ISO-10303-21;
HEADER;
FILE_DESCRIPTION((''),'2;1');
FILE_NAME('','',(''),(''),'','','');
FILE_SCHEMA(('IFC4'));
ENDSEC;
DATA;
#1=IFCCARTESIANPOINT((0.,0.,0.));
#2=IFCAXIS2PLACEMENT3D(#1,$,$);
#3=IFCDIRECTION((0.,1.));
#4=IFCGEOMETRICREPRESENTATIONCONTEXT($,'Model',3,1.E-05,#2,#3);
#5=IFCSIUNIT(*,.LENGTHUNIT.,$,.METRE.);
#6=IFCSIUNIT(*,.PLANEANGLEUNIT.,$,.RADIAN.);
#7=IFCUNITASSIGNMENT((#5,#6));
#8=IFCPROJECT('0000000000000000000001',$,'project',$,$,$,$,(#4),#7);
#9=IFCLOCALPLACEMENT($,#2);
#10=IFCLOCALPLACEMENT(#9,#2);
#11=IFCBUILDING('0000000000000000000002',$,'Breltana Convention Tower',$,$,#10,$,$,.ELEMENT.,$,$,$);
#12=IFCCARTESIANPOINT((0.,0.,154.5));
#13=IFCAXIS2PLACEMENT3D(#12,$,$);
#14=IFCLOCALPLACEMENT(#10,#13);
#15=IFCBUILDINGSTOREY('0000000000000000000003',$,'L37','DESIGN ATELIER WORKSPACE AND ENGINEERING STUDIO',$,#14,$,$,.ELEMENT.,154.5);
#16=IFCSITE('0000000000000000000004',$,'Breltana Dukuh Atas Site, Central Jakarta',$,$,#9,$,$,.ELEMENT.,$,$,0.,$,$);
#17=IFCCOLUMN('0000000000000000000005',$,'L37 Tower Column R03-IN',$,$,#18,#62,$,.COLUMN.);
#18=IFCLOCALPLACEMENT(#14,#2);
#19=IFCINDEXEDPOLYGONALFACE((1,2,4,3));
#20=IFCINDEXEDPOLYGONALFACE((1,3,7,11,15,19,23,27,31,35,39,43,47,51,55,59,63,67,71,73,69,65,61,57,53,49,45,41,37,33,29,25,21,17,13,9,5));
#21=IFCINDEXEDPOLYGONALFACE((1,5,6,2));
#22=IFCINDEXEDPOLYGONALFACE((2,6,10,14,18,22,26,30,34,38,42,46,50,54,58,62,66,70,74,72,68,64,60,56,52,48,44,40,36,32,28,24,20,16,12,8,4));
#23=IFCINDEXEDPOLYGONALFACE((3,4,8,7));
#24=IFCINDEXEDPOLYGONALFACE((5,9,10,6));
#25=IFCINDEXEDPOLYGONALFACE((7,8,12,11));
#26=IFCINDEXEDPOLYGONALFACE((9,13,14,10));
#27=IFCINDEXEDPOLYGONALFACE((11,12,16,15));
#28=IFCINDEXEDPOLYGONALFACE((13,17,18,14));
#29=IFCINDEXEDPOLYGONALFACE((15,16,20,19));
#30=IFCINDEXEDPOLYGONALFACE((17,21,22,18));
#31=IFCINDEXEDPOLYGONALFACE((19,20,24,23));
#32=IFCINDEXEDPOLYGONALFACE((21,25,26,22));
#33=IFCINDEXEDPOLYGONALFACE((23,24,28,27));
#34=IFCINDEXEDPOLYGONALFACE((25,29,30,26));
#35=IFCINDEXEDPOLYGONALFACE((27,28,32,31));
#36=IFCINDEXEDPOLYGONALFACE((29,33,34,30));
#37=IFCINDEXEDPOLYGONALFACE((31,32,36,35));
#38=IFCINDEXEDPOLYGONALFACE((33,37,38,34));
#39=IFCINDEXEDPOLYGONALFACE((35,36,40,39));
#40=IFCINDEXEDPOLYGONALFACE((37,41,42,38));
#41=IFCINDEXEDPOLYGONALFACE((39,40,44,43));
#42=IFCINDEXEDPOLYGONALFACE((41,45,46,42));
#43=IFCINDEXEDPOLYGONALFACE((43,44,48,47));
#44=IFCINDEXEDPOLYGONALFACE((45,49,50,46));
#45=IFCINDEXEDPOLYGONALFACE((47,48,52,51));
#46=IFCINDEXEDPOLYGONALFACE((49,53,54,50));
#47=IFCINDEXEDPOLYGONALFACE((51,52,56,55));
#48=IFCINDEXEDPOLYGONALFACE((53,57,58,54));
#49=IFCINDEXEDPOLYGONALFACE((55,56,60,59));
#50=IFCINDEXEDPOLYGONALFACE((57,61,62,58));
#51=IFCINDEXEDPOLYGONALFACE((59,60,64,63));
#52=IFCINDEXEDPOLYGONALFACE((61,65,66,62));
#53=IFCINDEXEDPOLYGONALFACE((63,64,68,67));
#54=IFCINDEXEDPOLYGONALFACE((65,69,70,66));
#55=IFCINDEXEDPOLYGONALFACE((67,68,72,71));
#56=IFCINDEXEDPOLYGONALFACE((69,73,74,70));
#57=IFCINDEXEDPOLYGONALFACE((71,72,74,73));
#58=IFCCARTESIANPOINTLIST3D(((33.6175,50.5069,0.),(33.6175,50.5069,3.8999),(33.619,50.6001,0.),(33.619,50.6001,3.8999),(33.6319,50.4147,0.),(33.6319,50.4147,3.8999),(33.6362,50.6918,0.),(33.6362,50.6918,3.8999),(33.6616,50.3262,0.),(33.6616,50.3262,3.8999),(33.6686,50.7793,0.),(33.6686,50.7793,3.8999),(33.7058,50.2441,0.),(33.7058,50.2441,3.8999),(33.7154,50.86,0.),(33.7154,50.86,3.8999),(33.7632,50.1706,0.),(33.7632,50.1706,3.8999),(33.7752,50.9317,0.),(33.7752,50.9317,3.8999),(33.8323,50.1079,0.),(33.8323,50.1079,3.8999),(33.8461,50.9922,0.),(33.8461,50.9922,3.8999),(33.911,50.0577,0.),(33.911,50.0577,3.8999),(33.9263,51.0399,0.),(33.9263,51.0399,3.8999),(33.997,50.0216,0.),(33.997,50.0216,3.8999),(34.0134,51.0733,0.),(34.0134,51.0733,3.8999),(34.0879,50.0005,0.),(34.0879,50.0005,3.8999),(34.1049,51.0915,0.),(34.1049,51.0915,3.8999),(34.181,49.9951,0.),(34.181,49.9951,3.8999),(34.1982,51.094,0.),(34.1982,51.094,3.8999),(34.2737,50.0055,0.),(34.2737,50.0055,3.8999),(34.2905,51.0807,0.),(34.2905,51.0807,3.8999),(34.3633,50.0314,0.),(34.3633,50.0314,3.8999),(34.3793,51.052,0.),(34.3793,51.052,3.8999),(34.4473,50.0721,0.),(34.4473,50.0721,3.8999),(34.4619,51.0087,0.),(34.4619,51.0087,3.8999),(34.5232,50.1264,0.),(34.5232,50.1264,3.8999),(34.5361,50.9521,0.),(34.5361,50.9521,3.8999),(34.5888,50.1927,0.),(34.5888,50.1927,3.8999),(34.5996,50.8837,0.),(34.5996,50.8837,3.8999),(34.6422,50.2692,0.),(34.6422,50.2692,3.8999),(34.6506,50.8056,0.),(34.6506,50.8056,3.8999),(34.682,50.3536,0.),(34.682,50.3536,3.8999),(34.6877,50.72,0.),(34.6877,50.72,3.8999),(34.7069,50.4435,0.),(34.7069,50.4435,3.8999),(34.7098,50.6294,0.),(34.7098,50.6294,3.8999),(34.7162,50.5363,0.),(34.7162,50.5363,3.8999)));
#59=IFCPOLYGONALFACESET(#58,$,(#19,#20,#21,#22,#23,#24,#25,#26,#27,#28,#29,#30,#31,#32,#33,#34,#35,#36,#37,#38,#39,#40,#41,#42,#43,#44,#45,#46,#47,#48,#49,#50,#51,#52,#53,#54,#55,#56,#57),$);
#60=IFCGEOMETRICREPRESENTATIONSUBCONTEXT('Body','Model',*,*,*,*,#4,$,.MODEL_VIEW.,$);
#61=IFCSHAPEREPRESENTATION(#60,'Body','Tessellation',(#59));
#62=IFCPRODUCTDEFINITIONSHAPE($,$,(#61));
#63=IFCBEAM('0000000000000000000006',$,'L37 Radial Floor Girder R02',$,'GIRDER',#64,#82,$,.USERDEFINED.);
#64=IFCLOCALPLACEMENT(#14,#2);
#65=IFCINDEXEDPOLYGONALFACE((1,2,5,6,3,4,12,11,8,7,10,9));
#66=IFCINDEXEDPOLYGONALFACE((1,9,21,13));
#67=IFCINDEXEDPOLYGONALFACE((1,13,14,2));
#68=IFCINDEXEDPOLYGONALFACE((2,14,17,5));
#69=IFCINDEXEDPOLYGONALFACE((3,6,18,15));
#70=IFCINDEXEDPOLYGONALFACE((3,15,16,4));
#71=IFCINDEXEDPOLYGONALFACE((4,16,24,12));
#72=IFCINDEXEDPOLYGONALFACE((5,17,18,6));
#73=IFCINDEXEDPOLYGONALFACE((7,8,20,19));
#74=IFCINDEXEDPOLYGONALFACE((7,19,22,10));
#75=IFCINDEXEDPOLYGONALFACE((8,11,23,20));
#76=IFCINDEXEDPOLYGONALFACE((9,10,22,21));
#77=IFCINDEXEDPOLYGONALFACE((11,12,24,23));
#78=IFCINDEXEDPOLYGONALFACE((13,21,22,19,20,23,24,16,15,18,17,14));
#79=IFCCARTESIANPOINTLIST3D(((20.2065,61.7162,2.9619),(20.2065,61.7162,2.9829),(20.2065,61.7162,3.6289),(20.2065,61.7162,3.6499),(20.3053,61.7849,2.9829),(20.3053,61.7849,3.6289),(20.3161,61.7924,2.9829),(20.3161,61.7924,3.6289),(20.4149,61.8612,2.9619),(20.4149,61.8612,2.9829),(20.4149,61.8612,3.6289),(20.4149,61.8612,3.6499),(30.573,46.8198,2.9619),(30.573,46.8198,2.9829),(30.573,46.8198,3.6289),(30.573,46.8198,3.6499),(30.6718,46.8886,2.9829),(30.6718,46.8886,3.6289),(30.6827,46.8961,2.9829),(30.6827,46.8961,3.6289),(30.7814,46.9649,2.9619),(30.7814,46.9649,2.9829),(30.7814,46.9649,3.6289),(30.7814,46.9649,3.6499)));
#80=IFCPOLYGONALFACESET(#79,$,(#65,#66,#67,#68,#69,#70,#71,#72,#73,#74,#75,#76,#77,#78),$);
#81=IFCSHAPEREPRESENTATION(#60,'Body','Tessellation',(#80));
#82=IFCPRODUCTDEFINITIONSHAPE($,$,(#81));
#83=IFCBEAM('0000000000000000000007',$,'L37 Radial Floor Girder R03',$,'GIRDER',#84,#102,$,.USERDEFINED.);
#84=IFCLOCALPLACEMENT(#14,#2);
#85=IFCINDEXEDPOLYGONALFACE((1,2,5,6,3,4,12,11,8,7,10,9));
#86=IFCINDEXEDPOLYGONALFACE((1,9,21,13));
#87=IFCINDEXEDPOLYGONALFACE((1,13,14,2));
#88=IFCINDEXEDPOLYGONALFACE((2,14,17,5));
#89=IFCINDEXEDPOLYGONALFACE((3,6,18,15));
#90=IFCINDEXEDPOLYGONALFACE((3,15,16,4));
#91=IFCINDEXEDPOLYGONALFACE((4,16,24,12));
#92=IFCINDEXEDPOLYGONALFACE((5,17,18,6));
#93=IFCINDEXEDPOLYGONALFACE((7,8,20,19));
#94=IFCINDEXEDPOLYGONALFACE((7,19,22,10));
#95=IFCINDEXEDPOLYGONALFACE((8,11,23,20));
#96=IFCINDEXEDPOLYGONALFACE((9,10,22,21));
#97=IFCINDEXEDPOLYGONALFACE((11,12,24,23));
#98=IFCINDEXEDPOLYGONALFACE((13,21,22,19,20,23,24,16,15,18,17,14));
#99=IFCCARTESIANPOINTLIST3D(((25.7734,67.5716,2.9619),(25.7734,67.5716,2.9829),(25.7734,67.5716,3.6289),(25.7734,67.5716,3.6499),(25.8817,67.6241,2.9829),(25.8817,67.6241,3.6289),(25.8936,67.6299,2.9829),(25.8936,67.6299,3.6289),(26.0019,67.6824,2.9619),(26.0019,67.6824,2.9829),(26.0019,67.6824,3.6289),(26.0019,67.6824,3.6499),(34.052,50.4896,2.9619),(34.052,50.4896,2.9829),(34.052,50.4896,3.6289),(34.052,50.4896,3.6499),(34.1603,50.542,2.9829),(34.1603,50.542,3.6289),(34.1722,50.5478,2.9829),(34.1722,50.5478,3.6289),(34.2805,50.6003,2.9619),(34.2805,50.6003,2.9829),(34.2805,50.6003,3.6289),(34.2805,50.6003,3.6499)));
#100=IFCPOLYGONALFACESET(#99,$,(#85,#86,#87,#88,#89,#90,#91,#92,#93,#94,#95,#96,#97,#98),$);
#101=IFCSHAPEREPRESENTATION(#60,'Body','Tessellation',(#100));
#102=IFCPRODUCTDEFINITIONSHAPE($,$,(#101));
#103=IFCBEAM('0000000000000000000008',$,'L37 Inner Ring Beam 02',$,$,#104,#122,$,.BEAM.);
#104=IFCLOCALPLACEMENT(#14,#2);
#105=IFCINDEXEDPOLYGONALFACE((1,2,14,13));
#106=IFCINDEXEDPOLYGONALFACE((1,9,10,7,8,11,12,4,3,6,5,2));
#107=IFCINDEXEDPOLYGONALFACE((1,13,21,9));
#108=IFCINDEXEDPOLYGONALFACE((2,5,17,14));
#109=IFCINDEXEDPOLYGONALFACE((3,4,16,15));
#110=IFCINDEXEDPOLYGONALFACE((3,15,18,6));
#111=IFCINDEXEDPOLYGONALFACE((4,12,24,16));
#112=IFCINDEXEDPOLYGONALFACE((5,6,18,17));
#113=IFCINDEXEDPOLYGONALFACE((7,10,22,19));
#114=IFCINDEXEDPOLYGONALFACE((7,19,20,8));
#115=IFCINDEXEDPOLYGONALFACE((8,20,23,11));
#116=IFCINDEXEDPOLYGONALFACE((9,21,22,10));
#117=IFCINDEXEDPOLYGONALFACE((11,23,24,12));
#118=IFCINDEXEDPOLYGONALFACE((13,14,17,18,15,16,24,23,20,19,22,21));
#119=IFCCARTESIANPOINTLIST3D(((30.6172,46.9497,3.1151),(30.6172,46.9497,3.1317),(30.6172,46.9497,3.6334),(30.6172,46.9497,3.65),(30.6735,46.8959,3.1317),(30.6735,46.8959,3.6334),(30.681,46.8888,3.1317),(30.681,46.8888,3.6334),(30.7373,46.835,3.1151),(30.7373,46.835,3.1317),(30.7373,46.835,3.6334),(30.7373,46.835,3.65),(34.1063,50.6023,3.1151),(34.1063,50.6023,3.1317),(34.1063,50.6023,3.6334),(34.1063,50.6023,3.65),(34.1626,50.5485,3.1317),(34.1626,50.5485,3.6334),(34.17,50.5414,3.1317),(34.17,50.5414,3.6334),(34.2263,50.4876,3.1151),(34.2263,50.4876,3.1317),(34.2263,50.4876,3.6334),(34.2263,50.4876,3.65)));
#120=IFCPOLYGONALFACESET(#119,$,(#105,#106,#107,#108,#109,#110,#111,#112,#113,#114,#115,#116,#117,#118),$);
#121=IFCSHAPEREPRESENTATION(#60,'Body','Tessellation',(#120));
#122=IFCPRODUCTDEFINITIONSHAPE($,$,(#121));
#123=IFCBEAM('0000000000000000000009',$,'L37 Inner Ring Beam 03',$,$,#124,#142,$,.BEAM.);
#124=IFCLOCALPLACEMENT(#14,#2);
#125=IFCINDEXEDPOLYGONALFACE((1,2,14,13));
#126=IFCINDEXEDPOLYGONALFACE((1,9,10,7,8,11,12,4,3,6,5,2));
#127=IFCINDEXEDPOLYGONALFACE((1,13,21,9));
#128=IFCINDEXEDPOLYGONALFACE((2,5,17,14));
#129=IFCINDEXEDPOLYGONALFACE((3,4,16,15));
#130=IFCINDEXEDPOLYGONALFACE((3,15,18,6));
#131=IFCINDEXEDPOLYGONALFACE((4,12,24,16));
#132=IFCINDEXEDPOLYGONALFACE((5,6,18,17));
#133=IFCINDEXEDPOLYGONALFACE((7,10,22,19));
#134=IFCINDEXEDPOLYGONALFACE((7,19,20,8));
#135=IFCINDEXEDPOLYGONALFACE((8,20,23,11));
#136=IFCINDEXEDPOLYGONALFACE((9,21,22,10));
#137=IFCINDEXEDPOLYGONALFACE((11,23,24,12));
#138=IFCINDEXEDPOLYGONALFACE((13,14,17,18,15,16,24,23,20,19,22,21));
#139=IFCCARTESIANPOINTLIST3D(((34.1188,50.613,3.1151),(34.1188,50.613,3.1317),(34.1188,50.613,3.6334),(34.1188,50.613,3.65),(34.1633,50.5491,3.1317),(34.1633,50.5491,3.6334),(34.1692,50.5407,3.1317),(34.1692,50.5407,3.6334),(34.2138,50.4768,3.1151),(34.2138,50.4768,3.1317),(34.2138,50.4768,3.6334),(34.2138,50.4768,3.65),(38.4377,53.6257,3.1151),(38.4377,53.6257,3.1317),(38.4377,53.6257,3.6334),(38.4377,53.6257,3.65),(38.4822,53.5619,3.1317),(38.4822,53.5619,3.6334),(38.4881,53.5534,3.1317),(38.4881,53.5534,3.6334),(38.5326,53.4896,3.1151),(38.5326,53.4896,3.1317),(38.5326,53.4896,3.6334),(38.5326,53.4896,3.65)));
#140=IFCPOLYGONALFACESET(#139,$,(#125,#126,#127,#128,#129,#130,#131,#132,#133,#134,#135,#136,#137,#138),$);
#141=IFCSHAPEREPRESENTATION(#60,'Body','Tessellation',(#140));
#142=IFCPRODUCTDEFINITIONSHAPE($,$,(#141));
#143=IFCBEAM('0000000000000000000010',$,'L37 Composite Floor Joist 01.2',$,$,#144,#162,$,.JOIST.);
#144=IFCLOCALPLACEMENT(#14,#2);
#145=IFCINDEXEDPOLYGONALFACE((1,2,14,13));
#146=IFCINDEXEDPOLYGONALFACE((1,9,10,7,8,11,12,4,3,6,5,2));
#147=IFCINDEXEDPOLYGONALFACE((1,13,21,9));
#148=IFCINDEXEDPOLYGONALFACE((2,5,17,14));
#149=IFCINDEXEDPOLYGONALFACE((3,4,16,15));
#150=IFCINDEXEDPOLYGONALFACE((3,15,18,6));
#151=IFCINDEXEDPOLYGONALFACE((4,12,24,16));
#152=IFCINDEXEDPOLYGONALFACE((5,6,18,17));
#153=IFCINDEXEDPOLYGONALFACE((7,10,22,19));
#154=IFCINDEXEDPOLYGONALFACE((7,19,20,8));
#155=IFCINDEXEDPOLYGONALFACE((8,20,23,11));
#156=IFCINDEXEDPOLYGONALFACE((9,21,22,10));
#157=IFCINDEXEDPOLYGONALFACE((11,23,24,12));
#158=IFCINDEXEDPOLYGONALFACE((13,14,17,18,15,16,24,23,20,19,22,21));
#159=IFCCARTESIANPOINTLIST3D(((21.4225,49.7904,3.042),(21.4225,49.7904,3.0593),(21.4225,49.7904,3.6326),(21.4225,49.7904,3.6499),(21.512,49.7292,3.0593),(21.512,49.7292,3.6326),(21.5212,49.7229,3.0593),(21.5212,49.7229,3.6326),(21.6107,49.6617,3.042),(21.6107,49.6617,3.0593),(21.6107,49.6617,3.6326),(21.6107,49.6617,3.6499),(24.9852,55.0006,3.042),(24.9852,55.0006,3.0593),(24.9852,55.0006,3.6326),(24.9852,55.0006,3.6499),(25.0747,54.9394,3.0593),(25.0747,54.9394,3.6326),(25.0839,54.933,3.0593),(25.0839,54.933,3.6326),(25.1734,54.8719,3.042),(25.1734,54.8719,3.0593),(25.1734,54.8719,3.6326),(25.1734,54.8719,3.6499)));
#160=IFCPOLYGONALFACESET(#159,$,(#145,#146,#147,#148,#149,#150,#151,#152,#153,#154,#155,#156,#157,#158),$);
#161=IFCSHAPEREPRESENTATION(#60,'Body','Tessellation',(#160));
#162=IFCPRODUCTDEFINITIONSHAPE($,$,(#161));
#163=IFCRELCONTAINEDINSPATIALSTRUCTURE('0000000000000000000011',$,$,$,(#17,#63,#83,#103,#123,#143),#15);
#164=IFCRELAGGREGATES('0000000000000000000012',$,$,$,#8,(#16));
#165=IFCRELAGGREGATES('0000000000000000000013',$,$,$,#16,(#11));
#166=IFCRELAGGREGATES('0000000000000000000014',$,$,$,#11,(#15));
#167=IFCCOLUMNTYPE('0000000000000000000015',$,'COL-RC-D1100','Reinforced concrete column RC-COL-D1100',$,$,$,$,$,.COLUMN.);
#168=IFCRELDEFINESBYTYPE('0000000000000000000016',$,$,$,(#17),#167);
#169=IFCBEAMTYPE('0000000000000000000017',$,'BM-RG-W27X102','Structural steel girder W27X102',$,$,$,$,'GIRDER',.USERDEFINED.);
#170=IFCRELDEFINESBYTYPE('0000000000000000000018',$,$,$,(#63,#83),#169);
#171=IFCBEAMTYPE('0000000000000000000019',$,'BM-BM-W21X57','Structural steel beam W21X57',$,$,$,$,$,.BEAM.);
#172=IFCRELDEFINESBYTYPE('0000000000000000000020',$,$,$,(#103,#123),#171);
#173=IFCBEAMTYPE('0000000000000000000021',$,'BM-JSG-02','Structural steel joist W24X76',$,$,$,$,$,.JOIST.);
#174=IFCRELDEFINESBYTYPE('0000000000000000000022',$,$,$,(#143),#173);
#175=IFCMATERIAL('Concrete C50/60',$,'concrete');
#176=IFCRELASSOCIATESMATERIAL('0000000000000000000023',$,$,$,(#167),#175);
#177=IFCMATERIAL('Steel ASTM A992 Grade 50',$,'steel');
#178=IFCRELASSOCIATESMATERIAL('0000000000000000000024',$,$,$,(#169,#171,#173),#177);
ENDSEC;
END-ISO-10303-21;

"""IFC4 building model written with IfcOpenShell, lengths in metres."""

from ifc_helpers import new_model, si_unit, direction, frame, origin, origin_2d, place, context, subcontext, project, spatial, circle, i_section, extrude, source, transform, mapped, material, material_profile, profile_set, type_object, element, save


model = new_model("IFC4")

# Units and contexts
model_context = context("Model", 3, precision=1e-05, world=origin(), true_north=direction((0.0, 1.0)))
body_context = subcontext(model_context, "Body", "Model", "MODEL_VIEW")
ifc_project = project(units=[si_unit("LENGTHUNIT", "METRE"), si_unit("PLANEANGLEUNIT", "RADIAN")], contexts=[model_context])

# Site, building, storey
site_placement = place(None, origin())
site = spatial("IfcSite", under=ifc_project, at=site_placement, Name="Breltana Dukuh Atas Site, Central Jakarta", CompositionType="ELEMENT", RefElevation=0.0)
building_placement = place(site_placement, origin())
building = spatial("IfcBuilding", under=site, at=building_placement, Name="Breltana Convention Tower", CompositionType="ELEMENT")
storey_placement = place(building_placement, frame((0.0, 0.0, 154.5)))
storey = spatial("IfcBuildingStorey", under=building, at=storey_placement, Name="L37", Description="DESIGN ATELIER WORKSPACE AND ENGINEERING STUDIO", CompositionType="ELEMENT", Elevation=154.5)

# Column
ifc_material_1 = material(Name="Concrete C50/60", Category="concrete")
ifc_material_profile_1 = material_profile(ifc_material_1, circle(Radius=0.55, at=origin_2d()), Name="RC-COL-D1100")
ifc_profile_set_1 = profile_set([ifc_material_profile_1], Name="Concrete C50/60")
column_type = type_object("IfcColumnType", Name="COL-RC-D1100", Description="Reinforced concrete column RC-COL-D1100", PredefinedType="COLUMN", material=ifc_profile_set_1)
shared_shape_1 = source(origin(), body_context, "Body", "SweptSolid", [
    extrude(circle(Radius=0.55, at=origin_2d()), origin(), (0.0, 0.0, 1.0), 3.8999),
])
for number, where, z_axis, x_axis, name in (
    (1, (34.1663, 50.5449, 0.0), (0.0, 0.0, 1.0), (-0.436174, 0.899863, 0.0), "L37 Tower Column R03-IN"),
):
    element("IfcColumn", number, at=place(storey_placement, frame(where, z_axis=z_axis, x_axis=x_axis)), inside=storey, type_object=column_type, Name=name, PredefinedType="COLUMN", context=body_context, shape_type="MappedRepresentation", body=[
        mapped(shared_shape_1, transform((0.0, 0.0, 0.0), scale=1.0)),
    ])

# Beams
ifc_material_2 = material(Name="Steel ASTM A992 Grade 50", Category="steel")
ifc_material_profile_2 = material_profile(ifc_material_2, i_section(OverallWidth=0.2539, OverallDepth=0.688, WebThickness=0.0132, FlangeThickness=0.021, at=origin_2d()), Name="W27X102")
ifc_profile_set_2 = profile_set([ifc_material_profile_2], Name="Steel ASTM A992 Grade 50")
beam_type_1 = type_object("IfcBeamType", Name="BM-RG-W27X102", Description="Structural steel girder W27X102", ElementType="GIRDER", PredefinedType="USERDEFINED", material=ifc_profile_set_2)
shared_shape_2 = source(origin(), body_context, "Body", "SweptSolid", [
    extrude(i_section(OverallWidth=0.2539, OverallDepth=0.688, WebThickness=0.0132, FlangeThickness=0.021, at=origin_2d()), origin(), (0.0, 0.0, 1.0), 18.1484),
])
beam_1_placement = place(storey_placement, frame((30.6772, 46.8923, 3.3059), z_axis=(-0.571208, 0.820806, 0.0), x_axis=(-0.820806, -0.571208, 0.0)))
element("IfcBeam", 2, at=beam_1_placement, inside=storey, type_object=beam_type_1, Name="L37 Radial Floor Girder R02", ObjectType="GIRDER", PredefinedType="USERDEFINED", context=body_context, shape_type="MappedRepresentation", body=[
    mapped(shared_shape_2, transform((0.0, 0.0, 0.0), scale=1.0)),
])
shared_shape_3 = source(origin(), body_context, "Body", "SweptSolid", [
    extrude(i_section(OverallWidth=0.2539, OverallDepth=0.688, WebThickness=0.0132, FlangeThickness=0.021, at=origin_2d()), origin(), (0.0, 0.0, 1.0), 18.9824),
])
beam_2_placement = place(storey_placement, frame((34.1663, 50.5449, 3.3059), z_axis=(-0.436119, 0.899889, 0.0), x_axis=(-0.899889, -0.436119, 0.0)))
element("IfcBeam", 3, at=beam_2_placement, inside=storey, type_object=beam_type_1, Name="L37 Radial Floor Girder R03", ObjectType="GIRDER", PredefinedType="USERDEFINED", context=body_context, shape_type="MappedRepresentation", body=[
    mapped(shared_shape_3, transform((0.0, 0.0, 0.0), scale=1.0)),
])
ifc_material_profile_3 = material_profile(ifc_material_2, i_section(OverallWidth=0.166, OverallDepth=0.5349, WebThickness=0.0103, FlangeThickness=0.0166, at=origin_2d()), Name="W21X57")
ifc_profile_set_3 = profile_set([ifc_material_profile_3], Name="Steel ASTM A992 Grade 50")
beam_type_2 = type_object("IfcBeamType", Name="BM-BM-W21X57", Description="Structural steel beam W21X57", PredefinedType="BEAM", material=ifc_profile_set_3)
shared_shape_4 = source(origin(), body_context, "Body", "SweptSolid", [
    extrude(i_section(OverallWidth=0.166, OverallDepth=0.5349, WebThickness=0.0103, FlangeThickness=0.0166, at=origin_2d()), origin(), (0.0, 0.0, 1.0), 5.0513),
])
beam_3_placement = place(storey_placement, frame((30.6772, 46.8923, 3.3826), z_axis=(0.69073, 0.723113, 0.0), x_axis=(-0.723113, 0.69073, 0.0)))
element("IfcBeam", 4, at=beam_3_placement, inside=storey, type_object=beam_type_2, Name="L37 Inner Ring Beam 02", PredefinedType="BEAM", context=body_context, shape_type="MappedRepresentation", body=[
    mapped(shared_shape_4, transform((0.0, 0.0, 0.0), scale=1.0)),
])
shared_shape_5 = source(origin(), body_context, "Body", "SweptSolid", [
    extrude(i_section(OverallWidth=0.166, OverallDepth=0.5349, WebThickness=0.0103, FlangeThickness=0.0166, at=origin_2d()), origin(), (0.0, 0.0, 1.0), 5.2659),
])
beam_4_placement = place(storey_placement, frame((34.1663, 50.5449, 3.3826), z_axis=(0.820167, 0.572124, 0.0), x_axis=(-0.572124, 0.820167, 0.0)))
element("IfcBeam", 5, at=beam_4_placement, inside=storey, type_object=beam_type_2, Name="L37 Inner Ring Beam 03", PredefinedType="BEAM", context=body_context, shape_type="MappedRepresentation", body=[
    mapped(shared_shape_5, transform((0.0, 0.0, 0.0), scale=1.0)),
])
ifc_material_profile_4 = material_profile(ifc_material_2, i_section(OverallWidth=0.228, OverallDepth=0.6079, WebThickness=0.0112, FlangeThickness=0.0173, at=origin_2d()), Name="W24X76")
ifc_profile_set_4 = profile_set([ifc_material_profile_4], Name="Steel ASTM A992 Grade 50")
beam_type_3 = type_object("IfcBeamType", Name="BM-JSG-02", Description="Structural steel joist W24X76", PredefinedType="JOIST", material=ifc_profile_set_4)
shared_shape_6 = source(origin(), body_context, "Body", "SweptSolid", [
    extrude(i_section(OverallWidth=0.228, OverallDepth=0.6079, WebThickness=0.0112, FlangeThickness=0.0173, at=origin_2d()), origin(), (0.0, 0.0, 1.0), 6.3118),
])
beam_5_placement = place(storey_placement, frame((21.5166, 49.7261, 3.3459), z_axis=(0.564454, 0.825465, 0.0), x_axis=(-0.825465, 0.564454, 0.0)))
element("IfcBeam", 6, at=beam_5_placement, inside=storey, type_object=beam_type_3, Name="L37 Composite Floor Joist 01.2", PredefinedType="JOIST", context=body_context, shape_type="MappedRepresentation", body=[
    mapped(shared_shape_6, transform((0.0, 0.0, 0.0), scale=1.0)),
])

save(model, "model.ifc")
